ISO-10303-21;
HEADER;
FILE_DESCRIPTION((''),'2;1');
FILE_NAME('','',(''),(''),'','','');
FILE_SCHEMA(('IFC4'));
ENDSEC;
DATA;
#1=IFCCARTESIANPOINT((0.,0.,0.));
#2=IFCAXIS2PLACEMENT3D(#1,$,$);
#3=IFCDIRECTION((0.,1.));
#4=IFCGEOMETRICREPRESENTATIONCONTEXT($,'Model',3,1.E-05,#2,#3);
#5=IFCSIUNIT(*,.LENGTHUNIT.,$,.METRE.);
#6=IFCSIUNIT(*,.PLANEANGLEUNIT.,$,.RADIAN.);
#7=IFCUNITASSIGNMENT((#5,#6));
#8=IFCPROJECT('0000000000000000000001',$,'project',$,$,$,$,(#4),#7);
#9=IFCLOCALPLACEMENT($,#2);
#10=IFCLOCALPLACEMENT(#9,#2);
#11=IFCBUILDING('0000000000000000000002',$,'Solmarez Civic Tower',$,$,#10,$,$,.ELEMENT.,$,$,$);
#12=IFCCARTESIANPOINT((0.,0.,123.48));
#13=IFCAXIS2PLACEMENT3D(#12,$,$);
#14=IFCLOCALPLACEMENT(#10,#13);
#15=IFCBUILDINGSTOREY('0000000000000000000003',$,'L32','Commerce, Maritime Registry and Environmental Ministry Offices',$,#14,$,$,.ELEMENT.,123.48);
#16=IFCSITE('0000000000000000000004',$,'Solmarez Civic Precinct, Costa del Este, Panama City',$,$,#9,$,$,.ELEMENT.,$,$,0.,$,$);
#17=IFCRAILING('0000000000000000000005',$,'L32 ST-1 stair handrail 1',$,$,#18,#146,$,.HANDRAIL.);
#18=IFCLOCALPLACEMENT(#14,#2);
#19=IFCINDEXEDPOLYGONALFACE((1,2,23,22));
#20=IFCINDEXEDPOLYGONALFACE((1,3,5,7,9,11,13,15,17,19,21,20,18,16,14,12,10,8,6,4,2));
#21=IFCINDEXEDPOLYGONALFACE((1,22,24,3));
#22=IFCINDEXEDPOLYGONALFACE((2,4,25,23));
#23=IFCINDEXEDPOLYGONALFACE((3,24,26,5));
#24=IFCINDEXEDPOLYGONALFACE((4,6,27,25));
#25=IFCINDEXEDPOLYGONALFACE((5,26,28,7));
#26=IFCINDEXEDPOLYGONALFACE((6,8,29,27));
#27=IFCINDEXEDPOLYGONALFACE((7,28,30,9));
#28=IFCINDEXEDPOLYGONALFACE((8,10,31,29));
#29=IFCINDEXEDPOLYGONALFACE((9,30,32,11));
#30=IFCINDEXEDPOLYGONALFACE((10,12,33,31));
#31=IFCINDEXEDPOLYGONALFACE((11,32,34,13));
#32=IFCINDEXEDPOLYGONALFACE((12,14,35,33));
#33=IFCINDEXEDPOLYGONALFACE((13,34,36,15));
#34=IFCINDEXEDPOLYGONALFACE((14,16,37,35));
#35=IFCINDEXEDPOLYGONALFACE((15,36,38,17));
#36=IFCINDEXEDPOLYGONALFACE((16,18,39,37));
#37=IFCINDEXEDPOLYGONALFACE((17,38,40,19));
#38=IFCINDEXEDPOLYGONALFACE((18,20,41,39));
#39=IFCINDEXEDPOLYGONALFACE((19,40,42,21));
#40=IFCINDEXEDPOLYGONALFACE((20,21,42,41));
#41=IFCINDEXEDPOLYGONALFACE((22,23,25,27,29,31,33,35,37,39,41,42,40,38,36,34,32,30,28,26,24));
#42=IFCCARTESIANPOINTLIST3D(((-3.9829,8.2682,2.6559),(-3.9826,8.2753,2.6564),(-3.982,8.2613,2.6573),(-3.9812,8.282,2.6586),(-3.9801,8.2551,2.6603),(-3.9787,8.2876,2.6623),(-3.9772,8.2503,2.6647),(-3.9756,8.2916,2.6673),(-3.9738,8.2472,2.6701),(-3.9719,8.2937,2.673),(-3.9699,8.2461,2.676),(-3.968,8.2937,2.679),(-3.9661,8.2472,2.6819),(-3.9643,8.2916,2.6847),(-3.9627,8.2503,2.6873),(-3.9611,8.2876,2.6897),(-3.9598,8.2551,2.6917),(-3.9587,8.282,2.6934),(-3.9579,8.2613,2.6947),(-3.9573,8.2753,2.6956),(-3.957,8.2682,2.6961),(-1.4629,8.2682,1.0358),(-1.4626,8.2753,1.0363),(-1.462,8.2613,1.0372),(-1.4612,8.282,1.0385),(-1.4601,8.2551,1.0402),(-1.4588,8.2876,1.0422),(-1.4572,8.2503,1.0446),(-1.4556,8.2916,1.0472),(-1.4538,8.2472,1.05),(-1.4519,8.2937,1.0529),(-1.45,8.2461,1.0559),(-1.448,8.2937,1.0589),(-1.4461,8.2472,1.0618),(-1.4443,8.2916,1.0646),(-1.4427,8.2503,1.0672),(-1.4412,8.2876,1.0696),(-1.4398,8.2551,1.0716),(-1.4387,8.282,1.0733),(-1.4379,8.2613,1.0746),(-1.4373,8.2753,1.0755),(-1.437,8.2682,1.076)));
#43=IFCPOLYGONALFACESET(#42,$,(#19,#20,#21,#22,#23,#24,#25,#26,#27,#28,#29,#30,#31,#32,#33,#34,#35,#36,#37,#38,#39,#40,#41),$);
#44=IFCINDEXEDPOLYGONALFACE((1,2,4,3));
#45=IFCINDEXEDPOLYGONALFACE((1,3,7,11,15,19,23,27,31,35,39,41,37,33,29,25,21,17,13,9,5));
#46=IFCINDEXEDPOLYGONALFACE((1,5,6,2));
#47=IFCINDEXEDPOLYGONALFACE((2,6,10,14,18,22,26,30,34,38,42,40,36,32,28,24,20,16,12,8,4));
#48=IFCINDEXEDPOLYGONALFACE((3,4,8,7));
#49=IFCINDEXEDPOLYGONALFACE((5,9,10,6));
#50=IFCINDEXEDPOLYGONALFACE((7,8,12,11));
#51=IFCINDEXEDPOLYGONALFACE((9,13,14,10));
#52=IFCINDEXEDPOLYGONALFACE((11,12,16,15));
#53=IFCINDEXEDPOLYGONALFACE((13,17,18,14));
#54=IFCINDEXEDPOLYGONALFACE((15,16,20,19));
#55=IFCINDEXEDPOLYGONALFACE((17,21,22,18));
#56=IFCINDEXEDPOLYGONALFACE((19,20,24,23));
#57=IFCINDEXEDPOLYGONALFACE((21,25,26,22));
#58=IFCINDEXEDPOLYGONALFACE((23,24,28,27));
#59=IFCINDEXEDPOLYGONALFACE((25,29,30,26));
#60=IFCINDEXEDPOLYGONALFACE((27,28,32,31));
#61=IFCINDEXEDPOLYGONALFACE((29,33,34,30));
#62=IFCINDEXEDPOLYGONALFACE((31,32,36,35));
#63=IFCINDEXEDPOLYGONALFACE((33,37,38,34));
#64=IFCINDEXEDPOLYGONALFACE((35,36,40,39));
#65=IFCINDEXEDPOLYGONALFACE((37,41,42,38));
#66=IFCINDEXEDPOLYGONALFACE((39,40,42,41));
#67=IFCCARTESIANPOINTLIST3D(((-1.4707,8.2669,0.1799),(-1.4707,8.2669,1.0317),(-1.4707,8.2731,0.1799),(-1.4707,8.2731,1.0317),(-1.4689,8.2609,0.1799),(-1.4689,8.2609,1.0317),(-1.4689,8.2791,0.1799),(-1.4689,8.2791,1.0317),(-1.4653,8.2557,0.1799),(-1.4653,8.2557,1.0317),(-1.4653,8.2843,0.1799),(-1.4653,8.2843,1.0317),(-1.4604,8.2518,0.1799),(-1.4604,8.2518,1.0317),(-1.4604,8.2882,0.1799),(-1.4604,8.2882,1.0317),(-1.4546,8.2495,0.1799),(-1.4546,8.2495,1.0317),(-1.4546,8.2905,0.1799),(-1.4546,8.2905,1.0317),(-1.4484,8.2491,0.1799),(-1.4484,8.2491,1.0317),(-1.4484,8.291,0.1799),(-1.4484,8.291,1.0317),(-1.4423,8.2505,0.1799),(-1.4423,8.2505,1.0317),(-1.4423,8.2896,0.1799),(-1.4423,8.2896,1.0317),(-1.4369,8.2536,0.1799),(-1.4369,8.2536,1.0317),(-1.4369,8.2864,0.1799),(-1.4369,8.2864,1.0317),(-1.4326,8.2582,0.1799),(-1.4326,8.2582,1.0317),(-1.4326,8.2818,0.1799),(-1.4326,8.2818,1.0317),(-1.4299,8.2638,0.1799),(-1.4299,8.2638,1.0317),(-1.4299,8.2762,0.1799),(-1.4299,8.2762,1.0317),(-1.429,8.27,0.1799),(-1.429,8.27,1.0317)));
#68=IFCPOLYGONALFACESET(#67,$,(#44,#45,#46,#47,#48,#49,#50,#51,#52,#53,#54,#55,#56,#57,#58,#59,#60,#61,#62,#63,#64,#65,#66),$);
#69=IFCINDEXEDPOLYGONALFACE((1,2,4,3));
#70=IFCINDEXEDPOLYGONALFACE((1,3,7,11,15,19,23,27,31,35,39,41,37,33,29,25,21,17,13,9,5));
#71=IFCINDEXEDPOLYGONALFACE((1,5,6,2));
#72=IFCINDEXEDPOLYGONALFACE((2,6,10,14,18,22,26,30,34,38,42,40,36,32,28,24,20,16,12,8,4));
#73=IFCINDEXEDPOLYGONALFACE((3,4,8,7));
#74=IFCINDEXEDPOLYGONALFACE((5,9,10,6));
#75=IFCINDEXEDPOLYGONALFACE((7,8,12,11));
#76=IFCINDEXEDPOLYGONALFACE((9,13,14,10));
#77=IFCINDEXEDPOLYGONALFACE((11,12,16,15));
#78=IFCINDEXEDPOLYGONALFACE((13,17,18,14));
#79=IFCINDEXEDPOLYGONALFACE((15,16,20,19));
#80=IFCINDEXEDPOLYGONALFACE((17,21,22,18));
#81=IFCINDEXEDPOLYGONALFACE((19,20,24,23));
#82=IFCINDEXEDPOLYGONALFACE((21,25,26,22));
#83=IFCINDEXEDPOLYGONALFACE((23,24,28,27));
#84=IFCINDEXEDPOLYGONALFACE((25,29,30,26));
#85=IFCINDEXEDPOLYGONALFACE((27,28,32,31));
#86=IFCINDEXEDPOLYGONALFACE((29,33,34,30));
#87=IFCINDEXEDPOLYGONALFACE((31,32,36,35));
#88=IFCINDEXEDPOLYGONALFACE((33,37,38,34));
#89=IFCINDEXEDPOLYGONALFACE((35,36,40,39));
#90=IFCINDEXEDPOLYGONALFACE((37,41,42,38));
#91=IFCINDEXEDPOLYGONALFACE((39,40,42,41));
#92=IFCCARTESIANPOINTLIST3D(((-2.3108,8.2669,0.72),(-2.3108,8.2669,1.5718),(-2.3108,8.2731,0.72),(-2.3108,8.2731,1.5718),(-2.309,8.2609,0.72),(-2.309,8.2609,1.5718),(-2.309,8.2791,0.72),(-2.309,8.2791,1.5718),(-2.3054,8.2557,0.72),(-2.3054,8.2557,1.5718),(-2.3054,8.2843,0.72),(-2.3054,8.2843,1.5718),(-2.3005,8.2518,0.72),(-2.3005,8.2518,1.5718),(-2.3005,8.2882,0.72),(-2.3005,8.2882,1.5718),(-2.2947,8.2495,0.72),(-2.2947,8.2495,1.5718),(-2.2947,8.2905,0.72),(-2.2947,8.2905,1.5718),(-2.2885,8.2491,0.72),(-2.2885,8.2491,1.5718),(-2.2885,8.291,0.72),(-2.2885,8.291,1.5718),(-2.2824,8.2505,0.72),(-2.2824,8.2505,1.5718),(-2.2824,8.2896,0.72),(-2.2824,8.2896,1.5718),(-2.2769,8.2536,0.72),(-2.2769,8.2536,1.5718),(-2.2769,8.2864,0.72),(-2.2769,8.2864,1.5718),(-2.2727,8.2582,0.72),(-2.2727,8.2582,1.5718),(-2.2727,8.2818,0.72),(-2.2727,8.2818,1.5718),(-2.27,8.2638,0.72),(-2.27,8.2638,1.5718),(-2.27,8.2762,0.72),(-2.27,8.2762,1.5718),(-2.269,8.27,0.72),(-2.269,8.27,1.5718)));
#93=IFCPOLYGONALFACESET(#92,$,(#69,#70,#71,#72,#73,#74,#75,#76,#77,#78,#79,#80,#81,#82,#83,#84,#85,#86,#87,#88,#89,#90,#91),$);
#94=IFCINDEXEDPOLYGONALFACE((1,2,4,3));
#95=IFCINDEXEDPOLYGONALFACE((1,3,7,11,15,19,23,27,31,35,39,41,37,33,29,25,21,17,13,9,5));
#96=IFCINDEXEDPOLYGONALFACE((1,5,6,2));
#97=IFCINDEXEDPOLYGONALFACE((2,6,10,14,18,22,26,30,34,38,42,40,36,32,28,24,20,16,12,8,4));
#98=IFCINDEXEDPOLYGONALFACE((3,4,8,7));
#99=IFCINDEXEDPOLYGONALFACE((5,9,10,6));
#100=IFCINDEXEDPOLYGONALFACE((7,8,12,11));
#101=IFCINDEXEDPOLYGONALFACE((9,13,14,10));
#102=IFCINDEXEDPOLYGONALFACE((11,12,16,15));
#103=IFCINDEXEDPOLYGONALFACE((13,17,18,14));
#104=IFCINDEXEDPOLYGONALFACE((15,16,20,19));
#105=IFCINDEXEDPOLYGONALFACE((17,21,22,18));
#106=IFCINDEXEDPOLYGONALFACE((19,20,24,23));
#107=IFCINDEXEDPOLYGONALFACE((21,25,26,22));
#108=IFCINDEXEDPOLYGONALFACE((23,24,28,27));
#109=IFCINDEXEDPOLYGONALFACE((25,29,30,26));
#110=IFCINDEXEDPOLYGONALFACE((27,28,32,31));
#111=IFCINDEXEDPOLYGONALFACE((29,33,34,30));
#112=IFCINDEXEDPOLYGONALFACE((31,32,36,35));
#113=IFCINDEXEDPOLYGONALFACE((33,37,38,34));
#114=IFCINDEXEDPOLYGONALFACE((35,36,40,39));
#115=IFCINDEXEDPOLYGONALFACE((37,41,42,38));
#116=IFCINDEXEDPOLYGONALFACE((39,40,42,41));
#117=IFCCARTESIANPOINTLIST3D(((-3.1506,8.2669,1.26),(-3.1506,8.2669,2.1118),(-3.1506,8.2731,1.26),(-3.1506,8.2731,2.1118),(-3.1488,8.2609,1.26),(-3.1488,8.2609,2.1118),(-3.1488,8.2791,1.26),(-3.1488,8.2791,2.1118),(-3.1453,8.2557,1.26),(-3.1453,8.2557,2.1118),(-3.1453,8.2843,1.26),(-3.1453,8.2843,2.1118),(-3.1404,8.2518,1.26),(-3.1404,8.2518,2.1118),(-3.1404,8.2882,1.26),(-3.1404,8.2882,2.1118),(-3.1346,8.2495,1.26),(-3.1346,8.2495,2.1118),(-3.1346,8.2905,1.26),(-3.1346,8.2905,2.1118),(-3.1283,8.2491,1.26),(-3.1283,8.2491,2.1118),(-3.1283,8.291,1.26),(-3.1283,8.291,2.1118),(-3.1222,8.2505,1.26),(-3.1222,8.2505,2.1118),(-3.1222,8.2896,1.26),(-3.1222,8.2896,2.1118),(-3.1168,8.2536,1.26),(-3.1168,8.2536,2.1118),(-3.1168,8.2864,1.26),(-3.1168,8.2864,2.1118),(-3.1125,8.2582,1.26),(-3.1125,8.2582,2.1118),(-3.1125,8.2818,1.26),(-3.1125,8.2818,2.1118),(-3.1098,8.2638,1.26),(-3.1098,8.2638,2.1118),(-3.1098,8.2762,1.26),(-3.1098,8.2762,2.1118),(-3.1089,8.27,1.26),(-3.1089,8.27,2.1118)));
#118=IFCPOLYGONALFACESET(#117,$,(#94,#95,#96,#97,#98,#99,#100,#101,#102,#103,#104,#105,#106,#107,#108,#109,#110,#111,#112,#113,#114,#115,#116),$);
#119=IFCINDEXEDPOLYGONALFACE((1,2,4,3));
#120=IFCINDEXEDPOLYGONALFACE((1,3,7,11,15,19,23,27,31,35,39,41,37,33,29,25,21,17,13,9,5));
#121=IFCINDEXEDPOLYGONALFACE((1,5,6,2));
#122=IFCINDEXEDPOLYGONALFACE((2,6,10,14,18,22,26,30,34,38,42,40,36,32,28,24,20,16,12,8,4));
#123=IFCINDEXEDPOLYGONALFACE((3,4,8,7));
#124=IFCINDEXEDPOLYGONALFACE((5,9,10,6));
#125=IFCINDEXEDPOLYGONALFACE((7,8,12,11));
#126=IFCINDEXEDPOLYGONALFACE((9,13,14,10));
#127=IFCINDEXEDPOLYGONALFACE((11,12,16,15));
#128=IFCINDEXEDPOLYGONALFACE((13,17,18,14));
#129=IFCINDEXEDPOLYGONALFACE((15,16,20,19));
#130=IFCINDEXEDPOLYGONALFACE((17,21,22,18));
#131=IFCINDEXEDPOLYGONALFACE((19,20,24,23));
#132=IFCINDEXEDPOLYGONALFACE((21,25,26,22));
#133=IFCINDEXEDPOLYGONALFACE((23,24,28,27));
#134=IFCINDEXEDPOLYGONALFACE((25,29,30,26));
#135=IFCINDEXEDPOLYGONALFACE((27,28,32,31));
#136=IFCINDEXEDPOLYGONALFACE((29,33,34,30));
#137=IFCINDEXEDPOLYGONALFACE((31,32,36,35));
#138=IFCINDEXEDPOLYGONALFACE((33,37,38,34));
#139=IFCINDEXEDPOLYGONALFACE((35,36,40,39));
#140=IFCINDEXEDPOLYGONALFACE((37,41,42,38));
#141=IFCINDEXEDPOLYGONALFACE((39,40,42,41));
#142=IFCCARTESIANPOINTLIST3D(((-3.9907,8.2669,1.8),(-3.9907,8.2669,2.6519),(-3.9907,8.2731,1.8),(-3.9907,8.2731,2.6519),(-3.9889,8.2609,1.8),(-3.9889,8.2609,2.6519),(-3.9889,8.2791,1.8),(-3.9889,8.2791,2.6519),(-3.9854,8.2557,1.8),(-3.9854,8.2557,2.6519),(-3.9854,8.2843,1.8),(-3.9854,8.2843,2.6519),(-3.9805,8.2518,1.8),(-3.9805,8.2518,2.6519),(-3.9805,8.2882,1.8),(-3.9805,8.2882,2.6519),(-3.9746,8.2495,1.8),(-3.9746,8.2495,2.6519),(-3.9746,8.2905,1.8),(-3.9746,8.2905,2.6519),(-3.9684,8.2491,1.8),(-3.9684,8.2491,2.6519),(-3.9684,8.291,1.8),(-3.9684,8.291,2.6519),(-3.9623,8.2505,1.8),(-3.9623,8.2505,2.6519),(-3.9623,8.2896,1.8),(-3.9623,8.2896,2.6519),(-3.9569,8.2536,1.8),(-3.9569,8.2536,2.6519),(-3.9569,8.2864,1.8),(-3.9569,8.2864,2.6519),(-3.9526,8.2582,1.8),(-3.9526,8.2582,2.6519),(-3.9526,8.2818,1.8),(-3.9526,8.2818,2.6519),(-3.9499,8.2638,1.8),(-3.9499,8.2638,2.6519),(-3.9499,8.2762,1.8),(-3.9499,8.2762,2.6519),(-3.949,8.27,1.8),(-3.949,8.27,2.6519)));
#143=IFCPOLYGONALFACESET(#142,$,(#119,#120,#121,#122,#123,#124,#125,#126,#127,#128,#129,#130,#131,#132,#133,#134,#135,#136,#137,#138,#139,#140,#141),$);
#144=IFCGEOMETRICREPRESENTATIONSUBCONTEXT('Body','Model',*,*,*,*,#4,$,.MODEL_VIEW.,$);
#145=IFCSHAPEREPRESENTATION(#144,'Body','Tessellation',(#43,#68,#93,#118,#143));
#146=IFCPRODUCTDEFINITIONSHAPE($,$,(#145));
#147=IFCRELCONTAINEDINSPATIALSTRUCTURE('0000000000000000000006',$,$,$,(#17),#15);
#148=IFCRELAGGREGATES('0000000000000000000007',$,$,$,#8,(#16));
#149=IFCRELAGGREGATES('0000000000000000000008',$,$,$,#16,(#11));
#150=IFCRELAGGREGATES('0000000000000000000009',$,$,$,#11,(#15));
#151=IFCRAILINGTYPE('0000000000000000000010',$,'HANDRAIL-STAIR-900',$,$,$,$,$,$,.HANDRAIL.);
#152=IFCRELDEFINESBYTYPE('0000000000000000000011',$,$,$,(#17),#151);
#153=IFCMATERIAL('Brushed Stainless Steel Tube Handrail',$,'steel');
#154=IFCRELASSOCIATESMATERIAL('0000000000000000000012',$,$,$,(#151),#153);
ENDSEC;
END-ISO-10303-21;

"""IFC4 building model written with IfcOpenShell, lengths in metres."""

from ifc_helpers import new_model, si_unit, direction, frame, origin, origin_2d, place, context, subcontext, project, spatial, circle, extrude, material, type_object, element, save


model = new_model("IFC4")

# Units and contexts
model_context = context("Model", 3, precision=1e-05, world=origin(), true_north=direction((0.0, 1.0)))
body_context = subcontext(model_context, "Body", "Model", "MODEL_VIEW")
ifc_project = project(units=[si_unit("LENGTHUNIT", "METRE"), si_unit("PLANEANGLEUNIT", "RADIAN")], contexts=[model_context])

# Site, building, storey
site_placement = place(None, origin())
site = spatial("IfcSite", under=ifc_project, at=site_placement, Name="Solmarez Civic Precinct, Costa del Este, Panama City", CompositionType="ELEMENT", RefElevation=0.0)
building_placement = place(site_placement, origin())
building = spatial("IfcBuilding", under=site, at=building_placement, Name="Solmarez Civic Tower", CompositionType="ELEMENT")
storey_placement = place(building_placement, frame((0.0, 0.0, 123.48)))
storey = spatial("IfcBuildingStorey", under=building, at=storey_placement, Name="L32", Description="Commerce, Maritime Registry and Environmental Ministry Offices", CompositionType="ELEMENT", Elevation=123.48)

# Railing
ifc_material_1 = material(Name="Brushed Stainless Steel Tube Handrail", Category="steel")
railing_type_1 = type_object("IfcRailingType", Name="HANDRAIL-STAIR-900", PredefinedType="HANDRAIL", material=ifc_material_1)
railing_1_placement = place(storey_placement, frame((-1.45, 8.27, 0.1799)))
element("IfcRailing", 1, at=railing_1_placement, inside=storey, type_object=railing_type_1, Name="L32 ST-1 stair handrail 1", PredefinedType="HANDRAIL", context=body_context, shape_type="SweptSolid", body=[
    extrude(circle(Radius=0.0239, at=origin_2d()), frame((0.0, 0.0, 0.876), z_axis=(-0.841163, 0.0, 0.540782), x_axis=(0.0, -1.0, 0.0)), (0.0, 0.0, 1.0), 2.9958),
    extrude(circle(Radius=0.021, at=origin_2d()), origin(), (0.0, 0.0, 1.0), 0.8518),
    extrude(circle(Radius=0.021, at=origin_2d()), frame((-0.8401, 0.0, 0.54)), (0.0, 0.0, 1.0), 0.8518),
    extrude(circle(Radius=0.021, at=origin_2d()), frame((-1.6799, 0.0, 1.0801)), (0.0, 0.0, 1.0), 0.8518),
    extrude(circle(Radius=0.021, at=origin_2d()), frame((-2.52, 0.0, 1.6201)), (0.0, 0.0, 1.0), 0.8518),
])

save(model, "model.ifc")
